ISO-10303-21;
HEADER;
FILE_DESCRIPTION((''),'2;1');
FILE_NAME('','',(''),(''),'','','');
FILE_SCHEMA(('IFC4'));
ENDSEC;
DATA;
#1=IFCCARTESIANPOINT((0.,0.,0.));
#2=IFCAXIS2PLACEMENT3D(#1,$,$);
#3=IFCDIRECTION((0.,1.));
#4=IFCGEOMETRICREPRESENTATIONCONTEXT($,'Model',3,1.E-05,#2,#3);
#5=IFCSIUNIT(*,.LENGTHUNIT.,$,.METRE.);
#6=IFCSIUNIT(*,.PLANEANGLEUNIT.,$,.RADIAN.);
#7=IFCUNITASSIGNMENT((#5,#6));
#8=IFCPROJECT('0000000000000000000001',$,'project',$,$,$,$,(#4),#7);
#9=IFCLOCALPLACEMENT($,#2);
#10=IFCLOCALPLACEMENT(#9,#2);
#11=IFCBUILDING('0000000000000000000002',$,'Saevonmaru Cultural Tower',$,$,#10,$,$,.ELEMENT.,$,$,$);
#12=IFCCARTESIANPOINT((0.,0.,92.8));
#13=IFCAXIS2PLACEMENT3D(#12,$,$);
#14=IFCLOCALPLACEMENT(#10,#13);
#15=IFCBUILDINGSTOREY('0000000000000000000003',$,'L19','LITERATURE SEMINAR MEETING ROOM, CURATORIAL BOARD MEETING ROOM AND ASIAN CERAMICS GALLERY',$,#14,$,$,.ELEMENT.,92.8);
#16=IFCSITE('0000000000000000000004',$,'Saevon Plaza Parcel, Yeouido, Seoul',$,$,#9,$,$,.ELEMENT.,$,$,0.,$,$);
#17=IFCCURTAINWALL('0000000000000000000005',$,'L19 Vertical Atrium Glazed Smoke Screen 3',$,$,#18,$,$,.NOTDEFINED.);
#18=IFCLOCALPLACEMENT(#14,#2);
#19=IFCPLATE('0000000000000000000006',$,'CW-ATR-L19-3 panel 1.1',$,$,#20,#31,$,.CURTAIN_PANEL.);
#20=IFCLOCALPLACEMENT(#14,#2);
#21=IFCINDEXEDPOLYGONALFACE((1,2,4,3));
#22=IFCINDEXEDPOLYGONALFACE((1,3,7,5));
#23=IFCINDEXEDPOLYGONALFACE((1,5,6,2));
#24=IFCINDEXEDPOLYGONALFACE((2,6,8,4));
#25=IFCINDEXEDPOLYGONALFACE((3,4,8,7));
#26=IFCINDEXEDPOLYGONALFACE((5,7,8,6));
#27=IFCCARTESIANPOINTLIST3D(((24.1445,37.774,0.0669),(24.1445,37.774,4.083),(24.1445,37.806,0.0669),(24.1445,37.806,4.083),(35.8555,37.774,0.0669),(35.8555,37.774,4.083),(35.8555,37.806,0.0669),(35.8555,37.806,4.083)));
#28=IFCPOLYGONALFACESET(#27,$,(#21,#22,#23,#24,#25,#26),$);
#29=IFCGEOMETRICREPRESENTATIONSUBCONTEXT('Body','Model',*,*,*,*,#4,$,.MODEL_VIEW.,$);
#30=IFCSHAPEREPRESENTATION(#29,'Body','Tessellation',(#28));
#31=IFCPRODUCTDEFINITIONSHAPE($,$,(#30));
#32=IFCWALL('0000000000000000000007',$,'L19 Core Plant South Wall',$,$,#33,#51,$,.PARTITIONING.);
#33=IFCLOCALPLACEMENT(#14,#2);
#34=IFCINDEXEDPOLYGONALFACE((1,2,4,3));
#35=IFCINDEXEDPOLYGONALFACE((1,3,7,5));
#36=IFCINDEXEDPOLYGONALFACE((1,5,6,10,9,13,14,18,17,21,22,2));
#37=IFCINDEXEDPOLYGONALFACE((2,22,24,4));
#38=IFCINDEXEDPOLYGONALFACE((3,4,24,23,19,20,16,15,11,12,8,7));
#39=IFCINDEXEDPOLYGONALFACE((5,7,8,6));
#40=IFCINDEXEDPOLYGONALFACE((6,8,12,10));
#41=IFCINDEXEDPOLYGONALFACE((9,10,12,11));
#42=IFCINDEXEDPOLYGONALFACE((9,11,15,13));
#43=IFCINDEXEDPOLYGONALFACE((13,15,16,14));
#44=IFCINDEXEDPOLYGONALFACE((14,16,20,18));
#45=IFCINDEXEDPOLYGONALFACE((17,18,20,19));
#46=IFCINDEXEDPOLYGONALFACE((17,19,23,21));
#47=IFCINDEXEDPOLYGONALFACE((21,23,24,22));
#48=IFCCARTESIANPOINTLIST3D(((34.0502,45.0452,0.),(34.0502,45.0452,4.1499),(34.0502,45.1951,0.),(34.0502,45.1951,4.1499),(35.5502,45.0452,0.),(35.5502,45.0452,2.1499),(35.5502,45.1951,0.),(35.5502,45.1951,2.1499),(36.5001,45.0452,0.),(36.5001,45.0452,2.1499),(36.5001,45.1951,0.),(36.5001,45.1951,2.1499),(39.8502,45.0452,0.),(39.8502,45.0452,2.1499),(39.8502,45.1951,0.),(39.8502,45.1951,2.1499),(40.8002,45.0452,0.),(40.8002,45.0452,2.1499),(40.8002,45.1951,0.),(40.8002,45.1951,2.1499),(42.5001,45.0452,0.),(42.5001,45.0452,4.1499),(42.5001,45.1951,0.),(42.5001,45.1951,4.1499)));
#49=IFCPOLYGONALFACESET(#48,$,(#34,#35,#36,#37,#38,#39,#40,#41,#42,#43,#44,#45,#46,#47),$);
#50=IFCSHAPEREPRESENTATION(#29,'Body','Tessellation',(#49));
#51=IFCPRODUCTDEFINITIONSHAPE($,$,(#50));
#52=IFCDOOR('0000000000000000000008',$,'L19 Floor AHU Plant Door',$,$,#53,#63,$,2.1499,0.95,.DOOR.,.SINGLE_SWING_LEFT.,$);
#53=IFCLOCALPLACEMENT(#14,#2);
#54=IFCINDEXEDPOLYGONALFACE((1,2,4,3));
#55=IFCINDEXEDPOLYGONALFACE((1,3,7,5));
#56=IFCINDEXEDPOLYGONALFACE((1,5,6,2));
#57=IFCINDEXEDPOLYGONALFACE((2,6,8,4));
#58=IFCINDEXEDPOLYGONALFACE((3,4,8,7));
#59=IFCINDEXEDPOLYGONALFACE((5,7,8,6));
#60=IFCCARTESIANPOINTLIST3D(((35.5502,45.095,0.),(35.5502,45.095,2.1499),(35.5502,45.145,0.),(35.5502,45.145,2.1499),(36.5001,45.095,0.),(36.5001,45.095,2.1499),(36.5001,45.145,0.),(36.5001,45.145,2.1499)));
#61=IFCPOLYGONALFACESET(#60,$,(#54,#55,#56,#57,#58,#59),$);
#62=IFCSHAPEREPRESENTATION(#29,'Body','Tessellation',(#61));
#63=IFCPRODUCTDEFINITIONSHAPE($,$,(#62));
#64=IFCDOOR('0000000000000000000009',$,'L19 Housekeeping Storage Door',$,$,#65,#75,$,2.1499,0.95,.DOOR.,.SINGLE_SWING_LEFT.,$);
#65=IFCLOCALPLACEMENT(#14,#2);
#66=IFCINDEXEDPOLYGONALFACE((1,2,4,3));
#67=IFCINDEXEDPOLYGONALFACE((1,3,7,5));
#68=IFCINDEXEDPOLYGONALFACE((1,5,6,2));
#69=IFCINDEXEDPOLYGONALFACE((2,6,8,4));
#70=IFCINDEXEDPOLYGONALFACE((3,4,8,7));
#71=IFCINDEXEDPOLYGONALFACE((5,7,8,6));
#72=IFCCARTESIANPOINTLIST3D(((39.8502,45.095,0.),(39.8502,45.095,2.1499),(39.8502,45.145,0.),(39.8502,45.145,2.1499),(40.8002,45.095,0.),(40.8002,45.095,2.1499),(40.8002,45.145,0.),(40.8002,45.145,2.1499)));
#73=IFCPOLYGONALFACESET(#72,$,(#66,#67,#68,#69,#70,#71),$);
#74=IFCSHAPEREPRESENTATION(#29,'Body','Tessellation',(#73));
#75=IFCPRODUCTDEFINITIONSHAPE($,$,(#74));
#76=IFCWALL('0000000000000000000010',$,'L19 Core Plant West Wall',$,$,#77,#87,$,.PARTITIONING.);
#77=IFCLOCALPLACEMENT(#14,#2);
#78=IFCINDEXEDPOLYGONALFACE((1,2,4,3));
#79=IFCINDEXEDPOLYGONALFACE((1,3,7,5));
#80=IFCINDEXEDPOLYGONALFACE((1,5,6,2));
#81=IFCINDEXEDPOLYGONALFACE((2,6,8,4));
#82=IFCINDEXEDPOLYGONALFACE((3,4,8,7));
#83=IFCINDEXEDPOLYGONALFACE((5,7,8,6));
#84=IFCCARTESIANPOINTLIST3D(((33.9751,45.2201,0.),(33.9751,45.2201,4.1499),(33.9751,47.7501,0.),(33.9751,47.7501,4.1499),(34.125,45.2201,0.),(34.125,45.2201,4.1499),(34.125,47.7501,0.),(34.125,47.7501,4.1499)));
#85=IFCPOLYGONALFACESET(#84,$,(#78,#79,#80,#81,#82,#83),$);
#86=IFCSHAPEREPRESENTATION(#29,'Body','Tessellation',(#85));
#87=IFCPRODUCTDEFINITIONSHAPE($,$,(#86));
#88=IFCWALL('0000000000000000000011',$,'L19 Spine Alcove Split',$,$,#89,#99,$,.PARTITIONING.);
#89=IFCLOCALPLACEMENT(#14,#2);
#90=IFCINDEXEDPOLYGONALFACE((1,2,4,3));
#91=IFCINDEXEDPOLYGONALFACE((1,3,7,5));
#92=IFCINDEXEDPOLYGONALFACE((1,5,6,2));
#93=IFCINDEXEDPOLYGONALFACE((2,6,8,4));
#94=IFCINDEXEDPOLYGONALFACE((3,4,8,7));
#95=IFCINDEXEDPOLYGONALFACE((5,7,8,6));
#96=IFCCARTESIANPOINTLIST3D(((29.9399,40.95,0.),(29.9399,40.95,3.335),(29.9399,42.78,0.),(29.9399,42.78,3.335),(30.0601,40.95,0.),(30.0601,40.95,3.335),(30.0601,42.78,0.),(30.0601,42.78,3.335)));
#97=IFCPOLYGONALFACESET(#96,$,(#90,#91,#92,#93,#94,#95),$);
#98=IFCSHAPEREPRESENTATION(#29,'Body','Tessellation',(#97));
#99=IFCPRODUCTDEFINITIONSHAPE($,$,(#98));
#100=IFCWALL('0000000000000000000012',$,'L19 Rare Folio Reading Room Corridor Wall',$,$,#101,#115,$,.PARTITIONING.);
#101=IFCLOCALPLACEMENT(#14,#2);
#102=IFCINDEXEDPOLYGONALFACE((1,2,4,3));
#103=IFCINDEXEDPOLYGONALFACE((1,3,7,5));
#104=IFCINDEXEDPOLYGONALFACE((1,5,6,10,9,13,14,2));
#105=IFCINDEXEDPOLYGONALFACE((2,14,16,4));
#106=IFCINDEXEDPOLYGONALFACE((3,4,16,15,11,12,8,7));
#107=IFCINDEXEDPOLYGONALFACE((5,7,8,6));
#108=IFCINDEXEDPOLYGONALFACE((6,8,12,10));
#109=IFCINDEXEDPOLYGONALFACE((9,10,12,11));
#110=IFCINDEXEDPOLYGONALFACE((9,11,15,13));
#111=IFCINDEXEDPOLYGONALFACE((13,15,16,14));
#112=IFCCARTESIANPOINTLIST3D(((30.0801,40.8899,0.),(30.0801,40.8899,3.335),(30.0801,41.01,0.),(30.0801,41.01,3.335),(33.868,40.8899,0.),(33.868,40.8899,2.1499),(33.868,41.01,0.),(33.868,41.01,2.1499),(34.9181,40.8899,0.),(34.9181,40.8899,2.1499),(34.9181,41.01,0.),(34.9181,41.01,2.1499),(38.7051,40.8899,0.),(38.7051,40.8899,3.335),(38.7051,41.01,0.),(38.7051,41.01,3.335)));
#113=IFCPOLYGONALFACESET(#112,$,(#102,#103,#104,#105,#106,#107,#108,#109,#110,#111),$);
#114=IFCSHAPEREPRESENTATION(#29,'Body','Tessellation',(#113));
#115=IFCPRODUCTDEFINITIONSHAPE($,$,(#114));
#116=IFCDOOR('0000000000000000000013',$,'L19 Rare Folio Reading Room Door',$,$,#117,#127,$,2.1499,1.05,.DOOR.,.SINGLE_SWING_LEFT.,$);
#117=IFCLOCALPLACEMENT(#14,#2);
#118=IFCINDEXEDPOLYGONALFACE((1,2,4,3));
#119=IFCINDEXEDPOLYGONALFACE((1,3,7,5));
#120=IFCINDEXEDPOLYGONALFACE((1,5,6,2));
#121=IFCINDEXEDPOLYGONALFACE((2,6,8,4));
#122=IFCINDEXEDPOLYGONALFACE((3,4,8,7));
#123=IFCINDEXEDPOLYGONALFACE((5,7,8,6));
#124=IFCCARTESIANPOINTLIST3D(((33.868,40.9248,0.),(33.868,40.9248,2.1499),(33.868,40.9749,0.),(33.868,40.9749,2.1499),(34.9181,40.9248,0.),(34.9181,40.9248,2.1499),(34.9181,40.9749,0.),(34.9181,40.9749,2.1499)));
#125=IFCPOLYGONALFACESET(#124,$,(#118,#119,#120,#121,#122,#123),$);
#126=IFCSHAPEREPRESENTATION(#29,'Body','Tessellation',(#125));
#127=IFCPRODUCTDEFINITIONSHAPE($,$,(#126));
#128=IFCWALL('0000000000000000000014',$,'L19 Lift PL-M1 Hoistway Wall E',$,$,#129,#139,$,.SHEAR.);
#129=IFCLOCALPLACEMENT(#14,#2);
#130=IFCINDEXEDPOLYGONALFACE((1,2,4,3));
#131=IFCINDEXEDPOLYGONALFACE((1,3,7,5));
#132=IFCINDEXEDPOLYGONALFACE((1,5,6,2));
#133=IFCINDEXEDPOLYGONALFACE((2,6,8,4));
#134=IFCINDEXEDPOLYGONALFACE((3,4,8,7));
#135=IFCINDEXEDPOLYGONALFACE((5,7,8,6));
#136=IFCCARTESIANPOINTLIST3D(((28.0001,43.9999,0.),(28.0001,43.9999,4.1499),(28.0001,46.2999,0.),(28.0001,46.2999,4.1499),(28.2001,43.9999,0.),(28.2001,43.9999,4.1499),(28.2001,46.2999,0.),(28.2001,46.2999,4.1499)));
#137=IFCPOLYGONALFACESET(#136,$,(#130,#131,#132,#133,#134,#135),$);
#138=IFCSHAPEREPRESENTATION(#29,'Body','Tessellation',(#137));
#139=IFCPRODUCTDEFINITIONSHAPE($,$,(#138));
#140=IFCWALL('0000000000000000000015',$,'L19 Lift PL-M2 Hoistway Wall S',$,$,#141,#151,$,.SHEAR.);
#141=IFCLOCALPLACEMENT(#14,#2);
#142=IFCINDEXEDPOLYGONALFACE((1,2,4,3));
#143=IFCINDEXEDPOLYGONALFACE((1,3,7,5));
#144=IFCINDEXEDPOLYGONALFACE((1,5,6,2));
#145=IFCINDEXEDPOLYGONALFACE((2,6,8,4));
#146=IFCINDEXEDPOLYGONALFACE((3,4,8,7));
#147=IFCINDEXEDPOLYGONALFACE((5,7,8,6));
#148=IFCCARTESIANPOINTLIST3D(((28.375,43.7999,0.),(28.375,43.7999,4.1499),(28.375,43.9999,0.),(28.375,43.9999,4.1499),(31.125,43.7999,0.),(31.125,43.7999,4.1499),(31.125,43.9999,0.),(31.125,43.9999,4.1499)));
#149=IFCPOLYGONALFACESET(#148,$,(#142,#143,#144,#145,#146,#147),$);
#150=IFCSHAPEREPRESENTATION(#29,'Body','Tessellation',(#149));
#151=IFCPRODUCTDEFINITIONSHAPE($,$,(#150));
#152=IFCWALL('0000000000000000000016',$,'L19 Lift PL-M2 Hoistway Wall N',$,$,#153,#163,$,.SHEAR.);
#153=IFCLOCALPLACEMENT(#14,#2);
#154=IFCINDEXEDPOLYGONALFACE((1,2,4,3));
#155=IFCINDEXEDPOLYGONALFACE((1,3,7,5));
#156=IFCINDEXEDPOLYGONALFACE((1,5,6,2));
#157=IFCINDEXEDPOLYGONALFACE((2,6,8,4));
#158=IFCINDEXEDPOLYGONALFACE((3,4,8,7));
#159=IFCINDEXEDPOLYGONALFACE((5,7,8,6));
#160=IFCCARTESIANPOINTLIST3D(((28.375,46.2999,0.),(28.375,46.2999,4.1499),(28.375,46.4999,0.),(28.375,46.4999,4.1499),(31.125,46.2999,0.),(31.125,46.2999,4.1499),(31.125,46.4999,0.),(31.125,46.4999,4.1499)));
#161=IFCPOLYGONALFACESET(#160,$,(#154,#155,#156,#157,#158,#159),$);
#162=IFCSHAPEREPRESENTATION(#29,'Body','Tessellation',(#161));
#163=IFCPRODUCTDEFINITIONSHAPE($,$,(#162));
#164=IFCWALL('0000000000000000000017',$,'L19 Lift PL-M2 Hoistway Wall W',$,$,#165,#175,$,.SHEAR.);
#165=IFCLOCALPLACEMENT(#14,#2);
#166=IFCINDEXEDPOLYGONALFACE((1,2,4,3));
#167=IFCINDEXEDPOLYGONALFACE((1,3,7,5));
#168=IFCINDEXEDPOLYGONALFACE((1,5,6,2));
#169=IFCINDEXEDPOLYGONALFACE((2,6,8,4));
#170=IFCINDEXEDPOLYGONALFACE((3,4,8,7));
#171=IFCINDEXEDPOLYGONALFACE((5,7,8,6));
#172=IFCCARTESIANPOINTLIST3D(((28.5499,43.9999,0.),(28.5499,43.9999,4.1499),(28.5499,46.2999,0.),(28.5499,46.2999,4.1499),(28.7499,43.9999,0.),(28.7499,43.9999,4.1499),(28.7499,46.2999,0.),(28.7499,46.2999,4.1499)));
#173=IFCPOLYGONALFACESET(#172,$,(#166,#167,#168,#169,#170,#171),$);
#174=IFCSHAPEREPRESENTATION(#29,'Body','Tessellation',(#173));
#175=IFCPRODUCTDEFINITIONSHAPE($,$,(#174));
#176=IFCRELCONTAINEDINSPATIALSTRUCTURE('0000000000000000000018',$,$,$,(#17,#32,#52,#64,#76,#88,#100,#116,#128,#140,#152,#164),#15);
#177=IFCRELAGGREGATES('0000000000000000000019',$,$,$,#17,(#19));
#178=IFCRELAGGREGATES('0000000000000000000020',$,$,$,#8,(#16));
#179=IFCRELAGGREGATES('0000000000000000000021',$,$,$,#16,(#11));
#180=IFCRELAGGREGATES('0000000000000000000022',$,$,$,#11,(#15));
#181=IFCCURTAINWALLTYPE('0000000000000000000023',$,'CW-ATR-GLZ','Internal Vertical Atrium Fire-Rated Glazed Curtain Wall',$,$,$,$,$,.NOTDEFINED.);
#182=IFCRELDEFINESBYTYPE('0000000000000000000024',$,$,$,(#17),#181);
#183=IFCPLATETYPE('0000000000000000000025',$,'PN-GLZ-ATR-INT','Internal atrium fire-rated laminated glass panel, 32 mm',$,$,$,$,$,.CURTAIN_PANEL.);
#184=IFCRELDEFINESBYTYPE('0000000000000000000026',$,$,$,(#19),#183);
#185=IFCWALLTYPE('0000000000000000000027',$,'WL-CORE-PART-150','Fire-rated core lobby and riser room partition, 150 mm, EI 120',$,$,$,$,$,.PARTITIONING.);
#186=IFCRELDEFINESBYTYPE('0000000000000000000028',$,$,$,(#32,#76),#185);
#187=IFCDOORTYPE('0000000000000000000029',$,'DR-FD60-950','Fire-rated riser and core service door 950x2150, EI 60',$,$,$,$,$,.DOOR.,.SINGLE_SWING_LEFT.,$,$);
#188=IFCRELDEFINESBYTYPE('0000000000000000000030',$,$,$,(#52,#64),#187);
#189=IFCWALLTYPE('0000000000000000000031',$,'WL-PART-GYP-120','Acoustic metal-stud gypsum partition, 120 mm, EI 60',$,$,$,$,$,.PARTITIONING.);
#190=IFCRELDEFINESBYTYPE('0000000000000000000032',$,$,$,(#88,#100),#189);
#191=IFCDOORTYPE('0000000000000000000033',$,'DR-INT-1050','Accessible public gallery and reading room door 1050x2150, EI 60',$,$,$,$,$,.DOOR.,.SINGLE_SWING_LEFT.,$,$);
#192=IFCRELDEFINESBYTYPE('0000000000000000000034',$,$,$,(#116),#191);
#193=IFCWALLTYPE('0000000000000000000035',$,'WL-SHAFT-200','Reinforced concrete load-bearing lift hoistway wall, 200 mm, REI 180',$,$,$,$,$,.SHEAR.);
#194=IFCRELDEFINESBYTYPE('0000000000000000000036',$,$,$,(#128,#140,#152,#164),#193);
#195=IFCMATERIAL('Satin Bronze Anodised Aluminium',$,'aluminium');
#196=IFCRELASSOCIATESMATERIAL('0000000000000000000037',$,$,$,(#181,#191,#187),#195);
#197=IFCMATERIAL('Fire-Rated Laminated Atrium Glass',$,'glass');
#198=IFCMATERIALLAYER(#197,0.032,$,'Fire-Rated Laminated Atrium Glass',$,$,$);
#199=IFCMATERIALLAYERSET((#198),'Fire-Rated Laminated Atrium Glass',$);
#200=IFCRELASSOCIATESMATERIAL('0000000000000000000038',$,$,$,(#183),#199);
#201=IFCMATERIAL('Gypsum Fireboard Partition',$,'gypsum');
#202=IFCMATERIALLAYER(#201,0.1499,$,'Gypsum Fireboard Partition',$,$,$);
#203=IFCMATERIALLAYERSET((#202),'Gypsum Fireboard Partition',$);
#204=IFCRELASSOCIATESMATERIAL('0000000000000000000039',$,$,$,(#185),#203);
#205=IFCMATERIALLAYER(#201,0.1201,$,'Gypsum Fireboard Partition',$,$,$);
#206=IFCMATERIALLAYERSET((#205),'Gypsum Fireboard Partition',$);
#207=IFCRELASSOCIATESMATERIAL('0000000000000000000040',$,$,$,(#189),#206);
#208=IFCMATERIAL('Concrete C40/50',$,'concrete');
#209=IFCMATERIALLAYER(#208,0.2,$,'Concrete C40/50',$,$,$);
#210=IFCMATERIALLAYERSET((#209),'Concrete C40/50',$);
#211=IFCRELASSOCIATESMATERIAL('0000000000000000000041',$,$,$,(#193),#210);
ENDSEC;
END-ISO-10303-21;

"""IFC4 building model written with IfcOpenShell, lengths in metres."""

from ifc_helpers import new_model, si_unit, direction, frame, frame_2d, origin, origin_2d, place, context, subcontext, project, spatial, rectangle, extrude, material, layer, layer_set, type_object, element, fill, aggregate, save


model = new_model("IFC4")

# Units and contexts
model_context = context("Model", 3, precision=1e-05, world=origin(), true_north=direction((0.0, 1.0)))
body_context = subcontext(model_context, "Body", "Model", "MODEL_VIEW")
ifc_project = project(units=[si_unit("LENGTHUNIT", "METRE"), si_unit("PLANEANGLEUNIT", "RADIAN")], contexts=[model_context])

# Site, building, storey
site_placement = place(None, origin())
site = spatial("IfcSite", under=ifc_project, at=site_placement, Name="Saevon Plaza Parcel, Yeouido, Seoul", CompositionType="ELEMENT", RefElevation=0.0)
building_placement = place(site_placement, origin())
building = spatial("IfcBuilding", under=site, at=building_placement, Name="Saevonmaru Cultural Tower", CompositionType="ELEMENT")
storey_placement = place(building_placement, frame((0.0, 0.0, 92.8)))
storey = spatial("IfcBuildingStorey", under=building, at=storey_placement, Name="L19", Description="LITERATURE SEMINAR MEETING ROOM, CURATORIAL BOARD MEETING ROOM AND ASIAN CERAMICS GALLERY", CompositionType="ELEMENT", Elevation=92.8)

# Curtain wall, plate
ifc_material_1 = material(Name="Satin Bronze Anodised Aluminium", Category="aluminium")
curtain_wall_type = type_object("IfcCurtainWallType", Name="CW-ATR-GLZ", Description="Internal Vertical Atrium Fire-Rated Glazed Curtain Wall", PredefinedType="NOTDEFINED", material=ifc_material_1)
curtain_wall_placement = place(storey_placement, origin())
curtain_wall = element("IfcCurtainWall", 1, at=curtain_wall_placement, inside=storey, type_object=curtain_wall_type, Name="L19 Vertical Atrium Glazed Smoke Screen 3", PredefinedType="NOTDEFINED")
ifc_material_2 = material(Name="Fire-Rated Laminated Atrium Glass", Category="glass")
ifc_layer_1 = layer(ifc_material_2, 0.032, Name="Fire-Rated Laminated Atrium Glass")
ifc_layer_set_1 = layer_set([ifc_layer_1], Name="Fire-Rated Laminated Atrium Glass")
plate_type = type_object("IfcPlateType", Name="PN-GLZ-ATR-INT", Description="Internal atrium fire-rated laminated glass panel, 32 mm", PredefinedType="CURTAIN_PANEL", material=ifc_layer_set_1)
plate_placement = place(storey_placement, frame((30.0, 37.79, 0.0669), z_axis=(0.0, 0.0, 1.0), x_axis=(-1.0, 0.0, 0.0)))
plate = element("IfcPlate", 2, at=plate_placement, type_object=plate_type, Name="CW-ATR-L19-3 panel 1.1", PredefinedType="CURTAIN_PANEL", context=body_context, shape_type="SweptSolid", body=[
    extrude(rectangle(XDim=11.7109, YDim=0.032, at=origin_2d()), origin(), (0.0, 0.0, 1.0), 4.0161),
])
aggregate(curtain_wall, [plate])

# Shared definitions
ifc_material_3 = material(Name="Gypsum Fireboard Partition", Category="gypsum")
ifc_layer_2 = layer(ifc_material_3, 0.1499, Name="Gypsum Fireboard Partition")
ifc_layer_set_2 = layer_set([ifc_layer_2], Name="Gypsum Fireboard Partition")
wall_type_1 = type_object("IfcWallType", Name="WL-CORE-PART-150", Description="Fire-rated core lobby and riser room partition, 150 mm, EI 120", PredefinedType="PARTITIONING", material=ifc_layer_set_2)
door_type_1 = type_object("IfcDoorType", Name="DR-INT-1050", Description="Accessible public gallery and reading room door 1050x2150, EI 60", OperationType="SINGLE_SWING_LEFT", PredefinedType="DOOR", material=ifc_material_1)

# Wall, openings, doors
wall_1_placement = place(storey_placement, frame((34.05, 45.1201, 0.0), z_axis=(0.0, 0.0, 1.0), x_axis=(1.0, 0.0, 0.0)))
wall_1 = element("IfcWall", 3, at=wall_1_placement, inside=storey, type_object=wall_type_1, Name="L19 Core Plant South Wall", PredefinedType="PARTITIONING", context=body_context, shape_type="SweptSolid", body=[
    extrude(rectangle(XDim=8.45, YDim=0.1499, at=frame_2d((4.2251, 0.0))), origin(), (0.0, 0.0, 1.0), 4.1499),
])
opening_1_placement = place(wall_1_placement, frame((1.5, 0.0, 0.0)))
opening_1 = element("IfcOpeningElement", 4, at=opening_1_placement, cuts=wall_1, PredefinedType="OPENING", context=body_context, shape_type="SweptSolid", body=[
    extrude(rectangle(XDim=0.95, YDim=2.1499, at=frame_2d((0.4751, 1.075))), frame((0.0, 0.085, 0.0), z_axis=(0.0, -1.0, 0.0), x_axis=(1.0, 0.0, 0.0)), (0.0, 0.0, 1.0), 0.1699),
])
opening_2_placement = place(wall_1_placement, frame((5.8, 0.0, 0.0)))
opening_2 = element("IfcOpeningElement", 5, at=opening_2_placement, cuts=wall_1, PredefinedType="OPENING", context=body_context, shape_type="SweptSolid", body=[
    extrude(rectangle(XDim=0.95, YDim=2.1499, at=frame_2d((0.4751, 1.075))), frame((0.0, 0.085, 0.0), z_axis=(0.0, -1.0, 0.0), x_axis=(1.0, 0.0, 0.0)), (0.0, 0.0, 1.0), 0.1699),
])
door_type_2 = type_object("IfcDoorType", Name="DR-FD60-950", Description="Fire-rated riser and core service door 950x2150, EI 60", OperationType="SINGLE_SWING_LEFT", PredefinedType="DOOR", material=ifc_material_1)
door_1_placement = place(opening_1_placement, origin())
door_1 = element("IfcDoor", 6, at=door_1_placement, inside=storey, type_object=door_type_2, Name="L19 Floor AHU Plant Door", OperationType="SINGLE_SWING_LEFT", OverallHeight=2.1499, OverallWidth=0.95, PredefinedType="DOOR", context=body_context, shape_type="SweptSolid", body=[
    extrude(rectangle(XDim=0.95, YDim=2.1499, at=frame_2d((0.4751, 1.075))), frame((0.0, 0.0249, 0.0), z_axis=(0.0, -1.0, 0.0), x_axis=(1.0, 0.0, 0.0)), (0.0, 0.0, 1.0), 0.05),
])
fill(opening_1, door_1)
door_2_placement = place(opening_2_placement, origin())
door_2 = element("IfcDoor", 7, at=door_2_placement, inside=storey, type_object=door_type_2, Name="L19 Housekeeping Storage Door", OperationType="SINGLE_SWING_LEFT", OverallHeight=2.1499, OverallWidth=0.95, PredefinedType="DOOR", context=body_context, shape_type="SweptSolid", body=[
    extrude(rectangle(XDim=0.95, YDim=2.1499, at=frame_2d((0.4751, 1.075))), frame((0.0, 0.0249, 0.0), z_axis=(0.0, -1.0, 0.0), x_axis=(1.0, 0.0, 0.0)), (0.0, 0.0, 1.0), 0.05),
])
fill(opening_2, door_2)

# Walls
wall_2_placement = place(storey_placement, frame((34.05, 45.22, 0.0), z_axis=(0.0, 0.0, 1.0), x_axis=(0.0, 1.0, 0.0)))
element("IfcWall", 8, at=wall_2_placement, inside=storey, type_object=wall_type_1, Name="L19 Core Plant West Wall", PredefinedType="PARTITIONING", context=body_context, shape_type="SweptSolid", body=[
    extrude(rectangle(XDim=2.53, YDim=0.1499, at=frame_2d((1.2651, 0.0))), origin(), (0.0, 0.0, 1.0), 4.1499),
])
ifc_layer_3 = layer(ifc_material_3, 0.1201, Name="Gypsum Fireboard Partition")
ifc_layer_set_3 = layer_set([ifc_layer_3], Name="Gypsum Fireboard Partition")
wall_type_2 = type_object("IfcWallType", Name="WL-PART-GYP-120", Description="Acoustic metal-stud gypsum partition, 120 mm, EI 60", PredefinedType="PARTITIONING", material=ifc_layer_set_3)
wall_3_placement = place(storey_placement, frame((30.0, 40.95, 0.0), z_axis=(0.0, 0.0, 1.0), x_axis=(0.0, 1.0, 0.0)))
element("IfcWall", 9, at=wall_3_placement, inside=storey, type_object=wall_type_2, Name="L19 Spine Alcove Split", PredefinedType="PARTITIONING", context=body_context, shape_type="SweptSolid", body=[
    extrude(rectangle(XDim=1.8301, YDim=0.1201, at=frame_2d((0.915, 0.0))), origin(), (0.0, 0.0, 1.0), 3.335),
])

# Wall, opening, door
wall_4_placement = place(storey_placement, frame((30.0801, 40.95, 0.0), z_axis=(0.0, 0.0, 1.0), x_axis=(1.0, 0.0, 0.0)))
wall_4 = element("IfcWall", 10, at=wall_4_placement, inside=storey, type_object=wall_type_2, Name="L19 Rare Folio Reading Room Corridor Wall", PredefinedType="PARTITIONING", context=body_context, shape_type="SweptSolid", body=[
    extrude(rectangle(XDim=8.625, YDim=0.1201, at=frame_2d((4.3125, 0.0))), origin(), (0.0, 0.0, 1.0), 3.335),
])
opening_3_placement = place(wall_4_placement, frame((3.7881, 0.0, 0.0)))
opening_3 = element("IfcOpeningElement", 11, at=opening_3_placement, cuts=wall_4, PredefinedType="OPENING", context=body_context, shape_type="SweptSolid", body=[
    extrude(rectangle(XDim=1.05, YDim=2.1499, at=frame_2d((0.5249, 1.075))), frame((0.0, 0.0701, 0.0), z_axis=(0.0, -1.0, 0.0), x_axis=(1.0, 0.0, 0.0)), (0.0, 0.0, 1.0), 0.1401),
])
door_3_placement = place(opening_3_placement, origin())
door_3 = element("IfcDoor", 12, at=door_3_placement, inside=storey, type_object=door_type_1, Name="L19 Rare Folio Reading Room Door", OperationType="SINGLE_SWING_LEFT", OverallHeight=2.1499, OverallWidth=1.05, PredefinedType="DOOR", context=body_context, shape_type="SweptSolid", body=[
    extrude(rectangle(XDim=1.05, YDim=2.1499, at=frame_2d((0.5249, 1.075))), frame((0.0, 0.0249, 0.0), z_axis=(0.0, -1.0, 0.0), x_axis=(1.0, 0.0, 0.0)), (0.0, 0.0, 1.0), 0.05),
])
fill(opening_3, door_3)

# Walls
ifc_material_4 = material(Name="Concrete C40/50", Category="concrete")
ifc_layer_4 = layer(ifc_material_4, 0.2, Name="Concrete C40/50")
ifc_layer_set_4 = layer_set([ifc_layer_4], Name="Concrete C40/50")
wall_type_3 = type_object("IfcWallType", Name="WL-SHAFT-200", Description="Reinforced concrete load-bearing lift hoistway wall, 200 mm, REI 180", PredefinedType="SHEAR", material=ifc_layer_set_4)
wall_5_placement = place(storey_placement, frame((28.1001, 44.0, 0.0), z_axis=(0.0, 0.0, 1.0), x_axis=(0.0, 1.0, 0.0)))
element("IfcWall", 13, at=wall_5_placement, inside=storey, type_object=wall_type_3, Name="L19 Lift PL-M1 Hoistway Wall E", PredefinedType="SHEAR", context=body_context, shape_type="SweptSolid", body=[
    extrude(rectangle(XDim=2.3, YDim=0.2, at=frame_2d((1.1499, 0.0))), origin(), (0.0, 0.0, 1.0), 4.1499),
])
for number, where, z_axis, x_axis, name in (
    (14, (28.375, 43.8999, 0.0), (0.0, 0.0, 1.0), (1.0, 0.0, 0.0), "L19 Lift PL-M2 Hoistway Wall S"),
    (15, (28.375, 46.3999, 0.0), (0.0, 0.0, 1.0), (1.0, 0.0, 0.0), "L19 Lift PL-M2 Hoistway Wall N"),
):
    element("IfcWall", number, at=place(storey_placement, frame(where, z_axis=z_axis, x_axis=x_axis)), inside=storey, type_object=wall_type_3, Name=name, PredefinedType="SHEAR", context=body_context, shape_type="SweptSolid", body=[
        extrude(rectangle(XDim=2.75, YDim=0.2, at=frame_2d((1.375, 0.0))), origin(), (0.0, 0.0, 1.0), 4.1499),
    ])
for number, where, z_axis, x_axis, name in (
    (16, (28.6499, 44.0, 0.0), (0.0, 0.0, 1.0), (0.0, 1.0, 0.0), "L19 Lift PL-M2 Hoistway Wall W"),
):
    element("IfcWall", number, at=place(storey_placement, frame(where, z_axis=z_axis, x_axis=x_axis)), inside=storey, type_object=wall_type_3, Name=name, PredefinedType="SHEAR", context=body_context, shape_type="SweptSolid", body=[
        extrude(rectangle(XDim=2.3, YDim=0.2, at=frame_2d((1.1499, 0.0))), origin(), (0.0, 0.0, 1.0), 4.1499),
    ])

save(model, "model.ifc")
